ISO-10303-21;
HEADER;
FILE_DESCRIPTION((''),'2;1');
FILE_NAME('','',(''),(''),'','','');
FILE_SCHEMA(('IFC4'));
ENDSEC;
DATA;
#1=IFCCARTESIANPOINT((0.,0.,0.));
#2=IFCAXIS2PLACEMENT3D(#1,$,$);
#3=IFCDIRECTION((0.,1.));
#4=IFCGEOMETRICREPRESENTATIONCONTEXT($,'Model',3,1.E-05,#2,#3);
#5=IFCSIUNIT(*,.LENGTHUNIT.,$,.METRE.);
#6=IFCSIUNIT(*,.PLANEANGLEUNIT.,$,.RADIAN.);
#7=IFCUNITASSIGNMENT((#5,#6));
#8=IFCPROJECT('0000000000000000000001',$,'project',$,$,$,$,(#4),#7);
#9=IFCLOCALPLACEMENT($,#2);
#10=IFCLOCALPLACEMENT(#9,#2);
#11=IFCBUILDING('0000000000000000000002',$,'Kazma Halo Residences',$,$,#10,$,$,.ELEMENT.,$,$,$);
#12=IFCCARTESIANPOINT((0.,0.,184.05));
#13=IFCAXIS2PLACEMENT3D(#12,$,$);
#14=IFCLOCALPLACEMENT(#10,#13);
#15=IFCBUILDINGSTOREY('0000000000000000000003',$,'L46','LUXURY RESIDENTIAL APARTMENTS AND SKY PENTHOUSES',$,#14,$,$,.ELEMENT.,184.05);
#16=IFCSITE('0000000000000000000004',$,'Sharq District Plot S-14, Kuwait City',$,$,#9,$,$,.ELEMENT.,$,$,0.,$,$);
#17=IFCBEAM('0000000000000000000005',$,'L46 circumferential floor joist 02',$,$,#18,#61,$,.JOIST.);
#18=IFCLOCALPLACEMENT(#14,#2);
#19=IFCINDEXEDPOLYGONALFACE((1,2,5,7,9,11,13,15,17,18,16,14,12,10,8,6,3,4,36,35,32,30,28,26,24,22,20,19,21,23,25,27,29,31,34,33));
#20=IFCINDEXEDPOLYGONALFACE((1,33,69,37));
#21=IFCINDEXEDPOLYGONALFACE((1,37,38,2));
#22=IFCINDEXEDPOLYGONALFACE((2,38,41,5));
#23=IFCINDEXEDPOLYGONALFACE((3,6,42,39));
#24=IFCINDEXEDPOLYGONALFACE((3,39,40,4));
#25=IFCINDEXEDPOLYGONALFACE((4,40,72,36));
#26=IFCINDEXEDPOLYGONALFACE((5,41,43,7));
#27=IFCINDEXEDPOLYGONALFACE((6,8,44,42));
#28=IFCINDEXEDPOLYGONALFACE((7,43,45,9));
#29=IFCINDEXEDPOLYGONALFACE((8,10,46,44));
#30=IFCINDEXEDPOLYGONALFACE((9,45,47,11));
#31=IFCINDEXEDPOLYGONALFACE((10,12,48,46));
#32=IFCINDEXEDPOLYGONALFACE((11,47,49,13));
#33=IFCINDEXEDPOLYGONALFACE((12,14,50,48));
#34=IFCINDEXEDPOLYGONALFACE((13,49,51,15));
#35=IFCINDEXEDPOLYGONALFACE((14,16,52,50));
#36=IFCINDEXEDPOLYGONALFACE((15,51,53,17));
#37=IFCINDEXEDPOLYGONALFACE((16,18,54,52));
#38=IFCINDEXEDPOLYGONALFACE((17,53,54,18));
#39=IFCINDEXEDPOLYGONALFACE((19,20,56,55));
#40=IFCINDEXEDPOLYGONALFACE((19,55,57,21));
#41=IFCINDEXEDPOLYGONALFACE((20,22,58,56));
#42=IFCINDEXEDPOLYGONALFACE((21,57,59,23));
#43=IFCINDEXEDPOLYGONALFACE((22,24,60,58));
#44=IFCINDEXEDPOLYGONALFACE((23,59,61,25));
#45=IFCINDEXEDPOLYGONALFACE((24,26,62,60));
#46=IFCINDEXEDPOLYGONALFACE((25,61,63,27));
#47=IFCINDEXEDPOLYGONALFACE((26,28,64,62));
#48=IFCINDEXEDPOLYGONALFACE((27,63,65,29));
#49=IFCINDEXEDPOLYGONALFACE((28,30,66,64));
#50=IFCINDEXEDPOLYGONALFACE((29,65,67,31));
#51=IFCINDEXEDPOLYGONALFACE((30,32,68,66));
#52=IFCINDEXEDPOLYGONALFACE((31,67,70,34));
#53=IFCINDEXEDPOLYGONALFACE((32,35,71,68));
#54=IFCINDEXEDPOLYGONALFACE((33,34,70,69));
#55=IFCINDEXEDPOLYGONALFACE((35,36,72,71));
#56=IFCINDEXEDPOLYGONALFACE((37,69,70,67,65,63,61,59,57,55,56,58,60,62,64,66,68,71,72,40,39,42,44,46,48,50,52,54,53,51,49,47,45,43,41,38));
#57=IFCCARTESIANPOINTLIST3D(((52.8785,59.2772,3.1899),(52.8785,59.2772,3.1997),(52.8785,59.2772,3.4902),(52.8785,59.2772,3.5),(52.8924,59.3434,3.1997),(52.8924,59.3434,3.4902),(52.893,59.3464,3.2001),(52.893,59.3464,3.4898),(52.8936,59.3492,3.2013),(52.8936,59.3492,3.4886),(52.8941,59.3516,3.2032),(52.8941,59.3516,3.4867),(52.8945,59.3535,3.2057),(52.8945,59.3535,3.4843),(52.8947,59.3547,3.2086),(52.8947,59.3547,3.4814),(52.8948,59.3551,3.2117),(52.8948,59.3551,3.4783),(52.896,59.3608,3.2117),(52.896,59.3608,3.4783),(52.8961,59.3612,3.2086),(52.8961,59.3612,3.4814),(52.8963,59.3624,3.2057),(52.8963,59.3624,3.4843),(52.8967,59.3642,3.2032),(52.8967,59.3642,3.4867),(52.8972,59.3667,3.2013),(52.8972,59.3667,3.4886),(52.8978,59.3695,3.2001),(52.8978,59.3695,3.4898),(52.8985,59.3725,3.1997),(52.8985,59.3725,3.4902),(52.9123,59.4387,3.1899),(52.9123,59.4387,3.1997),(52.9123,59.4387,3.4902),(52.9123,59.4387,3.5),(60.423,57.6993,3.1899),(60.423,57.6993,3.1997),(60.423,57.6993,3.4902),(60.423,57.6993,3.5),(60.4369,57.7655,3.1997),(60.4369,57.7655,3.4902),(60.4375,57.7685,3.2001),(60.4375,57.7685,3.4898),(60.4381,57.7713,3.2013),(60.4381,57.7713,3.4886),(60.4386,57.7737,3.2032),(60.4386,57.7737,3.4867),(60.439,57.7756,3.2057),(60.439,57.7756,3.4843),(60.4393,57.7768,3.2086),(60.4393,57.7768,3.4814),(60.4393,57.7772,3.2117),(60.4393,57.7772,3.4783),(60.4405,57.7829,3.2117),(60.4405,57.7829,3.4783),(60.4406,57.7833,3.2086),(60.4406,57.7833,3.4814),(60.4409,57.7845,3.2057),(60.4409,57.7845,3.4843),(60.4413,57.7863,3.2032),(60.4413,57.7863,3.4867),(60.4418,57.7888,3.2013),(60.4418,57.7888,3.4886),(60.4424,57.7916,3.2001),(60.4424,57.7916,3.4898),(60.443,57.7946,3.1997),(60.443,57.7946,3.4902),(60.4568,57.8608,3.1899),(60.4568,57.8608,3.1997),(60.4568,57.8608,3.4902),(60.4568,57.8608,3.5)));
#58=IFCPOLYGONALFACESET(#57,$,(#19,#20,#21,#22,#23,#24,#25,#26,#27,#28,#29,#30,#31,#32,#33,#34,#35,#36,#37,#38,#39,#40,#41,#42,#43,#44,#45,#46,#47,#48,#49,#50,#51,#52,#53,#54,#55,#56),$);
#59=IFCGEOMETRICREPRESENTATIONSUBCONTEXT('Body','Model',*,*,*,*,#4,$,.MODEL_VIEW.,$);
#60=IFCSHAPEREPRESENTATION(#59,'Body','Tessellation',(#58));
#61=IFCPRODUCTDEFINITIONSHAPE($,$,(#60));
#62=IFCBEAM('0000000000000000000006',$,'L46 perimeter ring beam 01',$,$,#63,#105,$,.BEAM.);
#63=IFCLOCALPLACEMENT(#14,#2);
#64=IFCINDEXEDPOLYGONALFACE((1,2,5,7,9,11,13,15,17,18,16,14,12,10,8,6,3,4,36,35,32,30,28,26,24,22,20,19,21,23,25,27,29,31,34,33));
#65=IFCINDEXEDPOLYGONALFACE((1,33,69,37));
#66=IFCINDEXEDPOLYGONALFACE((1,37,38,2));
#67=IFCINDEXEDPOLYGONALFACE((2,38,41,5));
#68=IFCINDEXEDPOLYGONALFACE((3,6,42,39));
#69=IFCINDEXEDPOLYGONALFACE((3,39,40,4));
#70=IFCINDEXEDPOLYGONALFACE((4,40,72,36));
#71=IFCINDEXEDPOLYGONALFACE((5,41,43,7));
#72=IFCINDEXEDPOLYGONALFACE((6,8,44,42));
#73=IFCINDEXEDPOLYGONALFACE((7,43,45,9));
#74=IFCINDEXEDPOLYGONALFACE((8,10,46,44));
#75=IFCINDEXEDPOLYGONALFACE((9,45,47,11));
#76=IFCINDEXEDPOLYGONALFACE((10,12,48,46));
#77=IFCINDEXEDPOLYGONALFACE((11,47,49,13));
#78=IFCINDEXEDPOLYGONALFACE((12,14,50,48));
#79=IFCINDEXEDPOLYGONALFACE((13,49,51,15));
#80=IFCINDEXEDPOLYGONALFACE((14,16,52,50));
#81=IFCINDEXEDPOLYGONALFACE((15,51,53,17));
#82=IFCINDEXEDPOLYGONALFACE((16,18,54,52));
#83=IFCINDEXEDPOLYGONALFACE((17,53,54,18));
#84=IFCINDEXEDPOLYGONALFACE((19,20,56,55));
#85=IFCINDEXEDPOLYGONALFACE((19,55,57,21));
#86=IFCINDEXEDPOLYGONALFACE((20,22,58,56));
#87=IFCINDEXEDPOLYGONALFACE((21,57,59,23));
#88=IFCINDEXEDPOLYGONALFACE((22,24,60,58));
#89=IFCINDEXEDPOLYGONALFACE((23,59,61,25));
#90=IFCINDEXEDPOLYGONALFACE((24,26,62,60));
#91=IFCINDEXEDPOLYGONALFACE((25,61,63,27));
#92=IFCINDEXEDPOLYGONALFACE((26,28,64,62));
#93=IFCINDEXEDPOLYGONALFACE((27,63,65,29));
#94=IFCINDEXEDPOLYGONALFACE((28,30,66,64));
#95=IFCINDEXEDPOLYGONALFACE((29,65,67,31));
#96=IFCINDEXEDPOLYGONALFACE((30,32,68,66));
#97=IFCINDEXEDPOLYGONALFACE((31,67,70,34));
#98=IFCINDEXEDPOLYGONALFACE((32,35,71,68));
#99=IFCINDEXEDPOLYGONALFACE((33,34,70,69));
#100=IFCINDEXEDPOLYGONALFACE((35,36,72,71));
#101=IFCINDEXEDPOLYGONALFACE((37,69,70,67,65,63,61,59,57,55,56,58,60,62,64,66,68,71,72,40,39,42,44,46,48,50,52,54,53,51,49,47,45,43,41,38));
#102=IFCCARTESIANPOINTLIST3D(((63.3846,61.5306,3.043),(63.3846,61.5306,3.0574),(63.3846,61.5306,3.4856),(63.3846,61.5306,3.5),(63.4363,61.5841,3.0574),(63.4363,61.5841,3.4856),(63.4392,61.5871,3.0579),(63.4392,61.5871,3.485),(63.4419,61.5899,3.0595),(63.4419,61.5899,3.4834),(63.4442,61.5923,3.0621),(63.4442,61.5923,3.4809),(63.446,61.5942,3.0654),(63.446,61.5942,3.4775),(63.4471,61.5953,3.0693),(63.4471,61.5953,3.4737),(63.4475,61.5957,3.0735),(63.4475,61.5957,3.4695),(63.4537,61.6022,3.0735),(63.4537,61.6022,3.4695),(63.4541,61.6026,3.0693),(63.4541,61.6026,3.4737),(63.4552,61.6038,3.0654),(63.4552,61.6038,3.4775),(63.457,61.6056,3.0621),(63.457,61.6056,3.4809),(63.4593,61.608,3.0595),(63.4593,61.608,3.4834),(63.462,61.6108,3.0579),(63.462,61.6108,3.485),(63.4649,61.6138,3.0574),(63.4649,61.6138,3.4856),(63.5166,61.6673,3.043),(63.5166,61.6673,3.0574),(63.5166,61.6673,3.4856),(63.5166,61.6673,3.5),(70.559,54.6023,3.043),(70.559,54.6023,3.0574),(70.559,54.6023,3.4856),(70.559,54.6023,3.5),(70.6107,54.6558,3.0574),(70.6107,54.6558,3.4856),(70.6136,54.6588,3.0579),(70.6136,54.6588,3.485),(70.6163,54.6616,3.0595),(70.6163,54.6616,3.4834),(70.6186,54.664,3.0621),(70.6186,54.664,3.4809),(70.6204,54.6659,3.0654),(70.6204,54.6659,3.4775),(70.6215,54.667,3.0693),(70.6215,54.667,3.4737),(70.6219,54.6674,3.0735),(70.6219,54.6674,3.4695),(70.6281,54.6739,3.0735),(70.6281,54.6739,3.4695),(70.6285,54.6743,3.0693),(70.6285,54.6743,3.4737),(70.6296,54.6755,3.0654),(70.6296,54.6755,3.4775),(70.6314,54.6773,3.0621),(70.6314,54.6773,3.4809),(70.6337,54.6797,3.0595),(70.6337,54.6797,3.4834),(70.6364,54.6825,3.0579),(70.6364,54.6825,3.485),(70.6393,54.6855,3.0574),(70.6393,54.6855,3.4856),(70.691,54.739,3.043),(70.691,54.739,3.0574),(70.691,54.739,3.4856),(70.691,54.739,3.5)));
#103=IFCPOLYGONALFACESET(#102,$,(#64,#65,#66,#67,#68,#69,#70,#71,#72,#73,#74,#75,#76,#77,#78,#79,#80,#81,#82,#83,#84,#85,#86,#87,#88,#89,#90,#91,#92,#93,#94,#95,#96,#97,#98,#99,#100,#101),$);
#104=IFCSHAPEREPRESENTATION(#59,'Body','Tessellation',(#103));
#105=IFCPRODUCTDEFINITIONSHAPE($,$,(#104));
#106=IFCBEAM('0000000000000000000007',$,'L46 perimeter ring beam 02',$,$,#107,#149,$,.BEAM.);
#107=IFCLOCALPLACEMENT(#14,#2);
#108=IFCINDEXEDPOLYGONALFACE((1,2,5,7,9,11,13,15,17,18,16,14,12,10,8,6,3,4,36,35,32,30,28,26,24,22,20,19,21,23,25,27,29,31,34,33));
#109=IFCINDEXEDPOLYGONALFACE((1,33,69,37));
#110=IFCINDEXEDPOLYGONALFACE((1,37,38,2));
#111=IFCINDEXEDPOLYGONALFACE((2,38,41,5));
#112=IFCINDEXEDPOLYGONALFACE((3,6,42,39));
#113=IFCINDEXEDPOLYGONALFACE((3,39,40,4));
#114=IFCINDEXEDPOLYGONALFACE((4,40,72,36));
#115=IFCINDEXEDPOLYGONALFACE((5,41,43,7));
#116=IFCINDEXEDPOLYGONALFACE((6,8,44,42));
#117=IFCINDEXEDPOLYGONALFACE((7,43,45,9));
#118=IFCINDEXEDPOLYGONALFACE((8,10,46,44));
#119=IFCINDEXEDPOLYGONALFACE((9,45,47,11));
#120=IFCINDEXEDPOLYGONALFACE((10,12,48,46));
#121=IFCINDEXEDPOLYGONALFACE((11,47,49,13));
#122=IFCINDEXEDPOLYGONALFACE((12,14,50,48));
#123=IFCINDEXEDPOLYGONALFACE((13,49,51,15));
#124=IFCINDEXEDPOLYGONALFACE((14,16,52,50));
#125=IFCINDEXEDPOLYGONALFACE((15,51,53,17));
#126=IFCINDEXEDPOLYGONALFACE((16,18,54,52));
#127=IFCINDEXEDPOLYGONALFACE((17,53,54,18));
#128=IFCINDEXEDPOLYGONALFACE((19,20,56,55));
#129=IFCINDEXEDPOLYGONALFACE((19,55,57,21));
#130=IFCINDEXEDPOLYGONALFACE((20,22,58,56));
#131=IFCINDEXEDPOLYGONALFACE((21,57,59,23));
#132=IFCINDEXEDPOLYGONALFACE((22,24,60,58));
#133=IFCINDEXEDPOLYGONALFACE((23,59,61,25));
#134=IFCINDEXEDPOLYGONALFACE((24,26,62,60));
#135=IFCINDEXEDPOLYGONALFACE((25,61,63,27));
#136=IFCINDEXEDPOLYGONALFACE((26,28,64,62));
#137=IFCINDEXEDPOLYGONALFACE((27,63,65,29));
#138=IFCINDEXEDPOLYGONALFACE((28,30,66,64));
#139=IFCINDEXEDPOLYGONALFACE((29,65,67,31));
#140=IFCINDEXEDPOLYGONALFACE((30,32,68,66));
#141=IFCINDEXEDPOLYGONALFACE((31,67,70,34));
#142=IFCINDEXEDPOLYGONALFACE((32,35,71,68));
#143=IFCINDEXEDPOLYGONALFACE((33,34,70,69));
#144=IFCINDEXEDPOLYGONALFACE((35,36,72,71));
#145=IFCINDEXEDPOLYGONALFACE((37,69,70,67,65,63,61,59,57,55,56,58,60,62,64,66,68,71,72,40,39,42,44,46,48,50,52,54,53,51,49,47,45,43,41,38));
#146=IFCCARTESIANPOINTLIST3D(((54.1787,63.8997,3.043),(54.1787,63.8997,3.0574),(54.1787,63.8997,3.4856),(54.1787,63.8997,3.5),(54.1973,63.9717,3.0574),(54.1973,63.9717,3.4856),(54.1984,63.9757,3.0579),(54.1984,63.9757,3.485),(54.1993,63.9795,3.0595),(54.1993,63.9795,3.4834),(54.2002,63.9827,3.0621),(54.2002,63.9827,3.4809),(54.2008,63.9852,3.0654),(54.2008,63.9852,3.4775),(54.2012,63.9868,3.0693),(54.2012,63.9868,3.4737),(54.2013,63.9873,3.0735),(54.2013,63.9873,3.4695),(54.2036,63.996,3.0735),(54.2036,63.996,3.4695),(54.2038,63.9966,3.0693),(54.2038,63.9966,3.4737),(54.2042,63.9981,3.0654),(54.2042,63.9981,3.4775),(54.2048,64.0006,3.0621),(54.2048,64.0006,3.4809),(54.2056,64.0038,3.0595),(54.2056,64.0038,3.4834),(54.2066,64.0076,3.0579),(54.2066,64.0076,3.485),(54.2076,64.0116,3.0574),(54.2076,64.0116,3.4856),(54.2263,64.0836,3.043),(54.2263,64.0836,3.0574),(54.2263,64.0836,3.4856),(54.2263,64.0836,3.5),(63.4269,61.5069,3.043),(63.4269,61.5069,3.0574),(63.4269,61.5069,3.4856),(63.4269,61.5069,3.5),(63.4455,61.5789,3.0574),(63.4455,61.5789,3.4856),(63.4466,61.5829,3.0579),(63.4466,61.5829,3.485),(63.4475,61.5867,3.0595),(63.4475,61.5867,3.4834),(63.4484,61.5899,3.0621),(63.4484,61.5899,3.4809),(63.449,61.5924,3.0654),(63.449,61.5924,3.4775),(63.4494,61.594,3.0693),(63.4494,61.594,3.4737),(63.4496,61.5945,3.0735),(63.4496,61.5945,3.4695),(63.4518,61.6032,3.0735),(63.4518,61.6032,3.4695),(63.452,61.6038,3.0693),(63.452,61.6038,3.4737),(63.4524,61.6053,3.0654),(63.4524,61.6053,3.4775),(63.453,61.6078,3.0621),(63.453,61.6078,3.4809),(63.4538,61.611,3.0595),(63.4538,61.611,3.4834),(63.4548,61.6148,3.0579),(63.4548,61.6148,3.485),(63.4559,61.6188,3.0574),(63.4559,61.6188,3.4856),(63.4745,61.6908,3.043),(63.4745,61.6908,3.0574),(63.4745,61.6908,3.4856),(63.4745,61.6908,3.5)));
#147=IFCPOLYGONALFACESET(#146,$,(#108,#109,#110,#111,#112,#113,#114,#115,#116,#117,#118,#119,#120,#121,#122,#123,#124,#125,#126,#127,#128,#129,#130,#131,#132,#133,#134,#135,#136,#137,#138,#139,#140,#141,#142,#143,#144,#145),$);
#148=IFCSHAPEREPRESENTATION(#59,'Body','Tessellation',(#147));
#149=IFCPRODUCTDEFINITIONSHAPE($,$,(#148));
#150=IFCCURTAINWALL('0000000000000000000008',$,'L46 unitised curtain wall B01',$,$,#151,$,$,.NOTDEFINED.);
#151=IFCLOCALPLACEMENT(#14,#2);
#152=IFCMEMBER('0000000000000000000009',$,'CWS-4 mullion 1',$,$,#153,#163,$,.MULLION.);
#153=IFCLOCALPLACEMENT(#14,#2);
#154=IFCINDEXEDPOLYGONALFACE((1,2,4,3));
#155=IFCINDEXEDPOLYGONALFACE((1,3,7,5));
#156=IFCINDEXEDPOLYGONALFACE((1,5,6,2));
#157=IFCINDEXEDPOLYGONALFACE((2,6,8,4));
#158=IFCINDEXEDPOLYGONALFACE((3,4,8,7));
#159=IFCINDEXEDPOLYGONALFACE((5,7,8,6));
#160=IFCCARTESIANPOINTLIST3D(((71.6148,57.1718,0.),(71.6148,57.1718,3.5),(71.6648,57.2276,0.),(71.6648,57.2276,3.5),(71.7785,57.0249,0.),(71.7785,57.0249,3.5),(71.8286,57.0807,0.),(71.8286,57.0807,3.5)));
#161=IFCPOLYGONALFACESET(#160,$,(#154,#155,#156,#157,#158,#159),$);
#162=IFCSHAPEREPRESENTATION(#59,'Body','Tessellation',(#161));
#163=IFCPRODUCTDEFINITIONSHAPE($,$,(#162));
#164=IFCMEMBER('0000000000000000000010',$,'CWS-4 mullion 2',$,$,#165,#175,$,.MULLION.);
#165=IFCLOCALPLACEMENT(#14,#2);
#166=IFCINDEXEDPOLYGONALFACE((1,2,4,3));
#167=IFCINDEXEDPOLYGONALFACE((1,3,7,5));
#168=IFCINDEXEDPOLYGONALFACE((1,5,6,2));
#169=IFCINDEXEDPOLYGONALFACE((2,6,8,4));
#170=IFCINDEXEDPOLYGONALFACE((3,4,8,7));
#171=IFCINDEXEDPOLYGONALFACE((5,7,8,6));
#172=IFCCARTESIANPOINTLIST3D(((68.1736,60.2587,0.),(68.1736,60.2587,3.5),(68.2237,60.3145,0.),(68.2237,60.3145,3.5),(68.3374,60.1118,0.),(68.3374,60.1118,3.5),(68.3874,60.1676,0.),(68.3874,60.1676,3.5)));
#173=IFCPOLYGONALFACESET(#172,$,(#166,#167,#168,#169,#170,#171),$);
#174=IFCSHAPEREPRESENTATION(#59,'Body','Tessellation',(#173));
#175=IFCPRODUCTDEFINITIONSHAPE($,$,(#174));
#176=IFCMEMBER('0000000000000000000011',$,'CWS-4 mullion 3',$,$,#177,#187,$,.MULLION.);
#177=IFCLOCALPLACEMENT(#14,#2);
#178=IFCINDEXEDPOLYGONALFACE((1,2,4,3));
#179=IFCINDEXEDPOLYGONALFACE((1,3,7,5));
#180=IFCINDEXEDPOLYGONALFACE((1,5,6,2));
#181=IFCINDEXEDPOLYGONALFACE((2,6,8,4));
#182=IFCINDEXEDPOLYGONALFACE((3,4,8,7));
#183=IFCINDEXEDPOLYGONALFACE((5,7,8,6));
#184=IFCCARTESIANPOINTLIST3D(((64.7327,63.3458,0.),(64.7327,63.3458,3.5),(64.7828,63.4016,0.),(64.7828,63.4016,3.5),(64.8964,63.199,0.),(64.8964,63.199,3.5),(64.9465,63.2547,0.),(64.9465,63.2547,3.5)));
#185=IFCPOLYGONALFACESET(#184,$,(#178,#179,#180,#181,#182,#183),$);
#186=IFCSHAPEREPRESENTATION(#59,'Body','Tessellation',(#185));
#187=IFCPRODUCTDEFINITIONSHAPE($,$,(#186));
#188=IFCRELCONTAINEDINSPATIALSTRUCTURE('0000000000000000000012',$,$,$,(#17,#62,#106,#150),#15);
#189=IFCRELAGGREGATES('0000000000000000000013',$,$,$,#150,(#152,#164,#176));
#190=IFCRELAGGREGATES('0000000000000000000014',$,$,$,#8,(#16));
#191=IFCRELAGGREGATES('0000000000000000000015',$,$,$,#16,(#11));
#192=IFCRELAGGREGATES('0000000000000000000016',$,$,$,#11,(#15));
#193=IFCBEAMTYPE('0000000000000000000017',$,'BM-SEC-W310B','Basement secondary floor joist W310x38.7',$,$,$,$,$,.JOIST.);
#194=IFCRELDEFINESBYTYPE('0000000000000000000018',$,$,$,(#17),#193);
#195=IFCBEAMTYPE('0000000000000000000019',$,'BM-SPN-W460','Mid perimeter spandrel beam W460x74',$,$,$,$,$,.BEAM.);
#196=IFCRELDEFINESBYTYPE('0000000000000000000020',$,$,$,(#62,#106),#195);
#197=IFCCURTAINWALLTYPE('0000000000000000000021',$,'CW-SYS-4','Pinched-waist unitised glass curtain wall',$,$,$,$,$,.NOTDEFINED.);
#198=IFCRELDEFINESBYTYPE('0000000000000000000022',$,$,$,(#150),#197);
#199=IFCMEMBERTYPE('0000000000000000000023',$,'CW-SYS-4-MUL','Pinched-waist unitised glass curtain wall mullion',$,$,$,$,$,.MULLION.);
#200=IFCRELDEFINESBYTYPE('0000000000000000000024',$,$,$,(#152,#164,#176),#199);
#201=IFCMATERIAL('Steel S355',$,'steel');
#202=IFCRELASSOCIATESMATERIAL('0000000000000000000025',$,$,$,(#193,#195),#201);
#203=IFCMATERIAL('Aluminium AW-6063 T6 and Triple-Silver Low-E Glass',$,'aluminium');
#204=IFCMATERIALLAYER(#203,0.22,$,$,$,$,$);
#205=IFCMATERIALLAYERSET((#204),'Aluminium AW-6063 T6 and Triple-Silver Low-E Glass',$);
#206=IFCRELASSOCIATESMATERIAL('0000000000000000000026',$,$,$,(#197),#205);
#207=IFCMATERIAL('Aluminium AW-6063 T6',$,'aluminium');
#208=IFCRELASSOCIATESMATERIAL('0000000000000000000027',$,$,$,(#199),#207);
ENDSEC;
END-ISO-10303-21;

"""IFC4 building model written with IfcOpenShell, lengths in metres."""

from ifc_helpers import new_model, si_unit, direction, frame, origin, origin_2d, place, context, subcontext, project, spatial, rectangle, i_section, extrude, material, layer, layer_set, material_profile, profile_set, type_object, element, aggregate, save


model = new_model("IFC4")

# Units and contexts
model_context = context("Model", 3, precision=1e-05, world=origin(), true_north=direction((0.0, 1.0)))
body_context = subcontext(model_context, "Body", "Model", "MODEL_VIEW")
ifc_project = project(units=[si_unit("LENGTHUNIT", "METRE"), si_unit("PLANEANGLEUNIT", "RADIAN")], contexts=[model_context])

# Site, building, storey
site_placement = place(None, origin())
site = spatial("IfcSite", under=ifc_project, at=site_placement, Name="Sharq District Plot S-14, Kuwait City", CompositionType="ELEMENT", RefElevation=0.0)
building_placement = place(site_placement, origin())
building = spatial("IfcBuilding", under=site, at=building_placement, Name="Kazma Halo Residences", CompositionType="ELEMENT")
storey_placement = place(building_placement, frame((0.0, 0.0, 184.05)))
storey = spatial("IfcBuildingStorey", under=building, at=storey_placement, Name="L46", Description="LUXURY RESIDENTIAL APARTMENTS AND SKY PENTHOUSES", CompositionType="ELEMENT", Elevation=184.05)

# Beams
ifc_material_1 = material(Name="Steel S355", Category="steel")
ifc_material_profile_1 = material_profile(ifc_material_1, i_section(OverallWidth=0.165, OverallDepth=0.3101, WebThickness=0.0059, FlangeThickness=0.0098, FilletRadius=0.012, at=origin_2d()), Name="W310x38.7")
ifc_profile_set_1 = profile_set([ifc_material_profile_1], Name="Steel S355")
beam_type_1 = type_object("IfcBeamType", Name="BM-SEC-W310B", Description="Basement secondary floor joist W310x38.7", PredefinedType="JOIST", material=ifc_profile_set_1)
beam_1_placement = place(storey_placement, frame((60.4399, 57.78, 3.345), z_axis=(-0.978821, 0.204716, 0.0), x_axis=(-0.204716, -0.978821, 0.0)))
element("IfcBeam", 1, at=beam_1_placement, inside=storey, type_object=beam_type_1, Name="L46 circumferential floor joist 02", PredefinedType="JOIST", context=body_context, shape_type="SweptSolid", body=[
    extrude(i_section(OverallWidth=0.165, OverallDepth=0.3101, WebThickness=0.0059, FlangeThickness=0.0098, FilletRadius=0.012, at=origin_2d()), origin(), (0.0, 0.0, 1.0), 7.7078),
])
ifc_material_profile_2 = material_profile(ifc_material_1, i_section(OverallWidth=0.1899, OverallDepth=0.457, WebThickness=0.009, FlangeThickness=0.0144, FilletRadius=0.0161, at=origin_2d()), Name="W460x74")
ifc_profile_set_2 = profile_set([ifc_material_profile_2], Name="Steel S355")
beam_type_2 = type_object("IfcBeamType", Name="BM-SPN-W460", Description="Mid perimeter spandrel beam W460x74", PredefinedType="BEAM", material=ifc_profile_set_2)
beam_2_placement = place(storey_placement, frame((70.625, 54.6707, 3.2715), z_axis=(-0.719337, 0.694662, 0.0), x_axis=(-0.694662, -0.719337, 0.0)))
element("IfcBeam", 2, at=beam_2_placement, inside=storey, type_object=beam_type_2, Name="L46 perimeter ring beam 01", PredefinedType="BEAM", context=body_context, shape_type="SweptSolid", body=[
    extrude(i_section(OverallWidth=0.1899, OverallDepth=0.457, WebThickness=0.009, FlangeThickness=0.0144, FilletRadius=0.0161, at=origin_2d()), origin(), (0.0, 0.0, 1.0), 9.9736),
])
beam_3_placement = place(storey_placement, frame((63.4507, 61.5989, 3.2715), z_axis=(-0.968121, 0.250483, 0.0), x_axis=(-0.250483, -0.968121, 0.0)))
element("IfcBeam", 3, at=beam_3_placement, inside=storey, type_object=beam_type_2, Name="L46 perimeter ring beam 02", PredefinedType="BEAM", context=body_context, shape_type="SweptSolid", body=[
    extrude(i_section(OverallWidth=0.1899, OverallDepth=0.457, WebThickness=0.009, FlangeThickness=0.0144, FilletRadius=0.0161, at=origin_2d()), origin(), (0.0, 0.0, 1.0), 9.5527),
])

# Curtain wall, members
ifc_material_2 = material(Name="Aluminium AW-6063 T6 and Triple-Silver Low-E Glass", Category="aluminium")
ifc_layer_1 = layer(ifc_material_2, 0.22)
ifc_layer_set_1 = layer_set([ifc_layer_1], Name="Aluminium AW-6063 T6 and Triple-Silver Low-E Glass")
curtain_wall_type = type_object("IfcCurtainWallType", Name="CW-SYS-4", Description="Pinched-waist unitised glass curtain wall", PredefinedType="NOTDEFINED", material=ifc_layer_set_1)
curtain_wall_1_placement = place(storey_placement, origin())
curtain_wall_1 = element("IfcCurtainWall", 4, at=curtain_wall_1_placement, inside=storey, type_object=curtain_wall_type, Name="L46 unitised curtain wall B01", PredefinedType="NOTDEFINED")
ifc_material_3 = material(Name="Aluminium AW-6063 T6", Category="aluminium")
ifc_material_profile_3 = material_profile(ifc_material_3, rectangle(XDim=0.075, YDim=0.22, at=origin_2d()), Name="CWM-75x220")
ifc_profile_set_3 = profile_set([ifc_material_profile_3], Name="Aluminium AW-6063 T6")
member_type_1 = type_object("IfcMemberType", Name="CW-SYS-4-MUL", Description="Pinched-waist unitised glass curtain wall mullion", PredefinedType="MULLION", material=ifc_profile_set_3)
member_1_placement = place(storey_placement, frame((71.7217, 57.1262, 0.0), z_axis=(0.0, 0.0, 1.0), x_axis=(-0.667784, -0.744355, 0.0)))
member_1 = element("IfcMember", 5, at=member_1_placement, type_object=member_type_1, Name="CWS-4 mullion 1", PredefinedType="MULLION", context=body_context, shape_type="SweptSolid", body=[
    extrude(rectangle(XDim=0.075, YDim=0.22, at=origin_2d()), origin(), (0.0, 0.0, 1.0), 3.5),
])
member_2_placement = place(storey_placement, frame((68.2805, 60.2131, 0.0), z_axis=(0.0, 0.0, 1.0), x_axis=(-0.667784, -0.744355, 0.0)))
member_2 = element("IfcMember", 6, at=member_2_placement, type_object=member_type_1, Name="CWS-4 mullion 2", PredefinedType="MULLION", context=body_context, shape_type="SweptSolid", body=[
    extrude(rectangle(XDim=0.075, YDim=0.22, at=origin_2d()), origin(), (0.0, 0.0, 1.0), 3.5),
])
member_3_placement = place(storey_placement, frame((64.8396, 63.3003, 0.0), z_axis=(0.0, 0.0, 1.0), x_axis=(-0.667784, -0.744355, 0.0)))
member_3 = element("IfcMember", 7, at=member_3_placement, type_object=member_type_1, Name="CWS-4 mullion 3", PredefinedType="MULLION", context=body_context, shape_type="SweptSolid", body=[
    extrude(rectangle(XDim=0.075, YDim=0.22, at=origin_2d()), origin(), (0.0, 0.0, 1.0), 3.5),
])

aggregate(curtain_wall_1, [member_1, member_2, member_3])

save(model, "model.ifc")
